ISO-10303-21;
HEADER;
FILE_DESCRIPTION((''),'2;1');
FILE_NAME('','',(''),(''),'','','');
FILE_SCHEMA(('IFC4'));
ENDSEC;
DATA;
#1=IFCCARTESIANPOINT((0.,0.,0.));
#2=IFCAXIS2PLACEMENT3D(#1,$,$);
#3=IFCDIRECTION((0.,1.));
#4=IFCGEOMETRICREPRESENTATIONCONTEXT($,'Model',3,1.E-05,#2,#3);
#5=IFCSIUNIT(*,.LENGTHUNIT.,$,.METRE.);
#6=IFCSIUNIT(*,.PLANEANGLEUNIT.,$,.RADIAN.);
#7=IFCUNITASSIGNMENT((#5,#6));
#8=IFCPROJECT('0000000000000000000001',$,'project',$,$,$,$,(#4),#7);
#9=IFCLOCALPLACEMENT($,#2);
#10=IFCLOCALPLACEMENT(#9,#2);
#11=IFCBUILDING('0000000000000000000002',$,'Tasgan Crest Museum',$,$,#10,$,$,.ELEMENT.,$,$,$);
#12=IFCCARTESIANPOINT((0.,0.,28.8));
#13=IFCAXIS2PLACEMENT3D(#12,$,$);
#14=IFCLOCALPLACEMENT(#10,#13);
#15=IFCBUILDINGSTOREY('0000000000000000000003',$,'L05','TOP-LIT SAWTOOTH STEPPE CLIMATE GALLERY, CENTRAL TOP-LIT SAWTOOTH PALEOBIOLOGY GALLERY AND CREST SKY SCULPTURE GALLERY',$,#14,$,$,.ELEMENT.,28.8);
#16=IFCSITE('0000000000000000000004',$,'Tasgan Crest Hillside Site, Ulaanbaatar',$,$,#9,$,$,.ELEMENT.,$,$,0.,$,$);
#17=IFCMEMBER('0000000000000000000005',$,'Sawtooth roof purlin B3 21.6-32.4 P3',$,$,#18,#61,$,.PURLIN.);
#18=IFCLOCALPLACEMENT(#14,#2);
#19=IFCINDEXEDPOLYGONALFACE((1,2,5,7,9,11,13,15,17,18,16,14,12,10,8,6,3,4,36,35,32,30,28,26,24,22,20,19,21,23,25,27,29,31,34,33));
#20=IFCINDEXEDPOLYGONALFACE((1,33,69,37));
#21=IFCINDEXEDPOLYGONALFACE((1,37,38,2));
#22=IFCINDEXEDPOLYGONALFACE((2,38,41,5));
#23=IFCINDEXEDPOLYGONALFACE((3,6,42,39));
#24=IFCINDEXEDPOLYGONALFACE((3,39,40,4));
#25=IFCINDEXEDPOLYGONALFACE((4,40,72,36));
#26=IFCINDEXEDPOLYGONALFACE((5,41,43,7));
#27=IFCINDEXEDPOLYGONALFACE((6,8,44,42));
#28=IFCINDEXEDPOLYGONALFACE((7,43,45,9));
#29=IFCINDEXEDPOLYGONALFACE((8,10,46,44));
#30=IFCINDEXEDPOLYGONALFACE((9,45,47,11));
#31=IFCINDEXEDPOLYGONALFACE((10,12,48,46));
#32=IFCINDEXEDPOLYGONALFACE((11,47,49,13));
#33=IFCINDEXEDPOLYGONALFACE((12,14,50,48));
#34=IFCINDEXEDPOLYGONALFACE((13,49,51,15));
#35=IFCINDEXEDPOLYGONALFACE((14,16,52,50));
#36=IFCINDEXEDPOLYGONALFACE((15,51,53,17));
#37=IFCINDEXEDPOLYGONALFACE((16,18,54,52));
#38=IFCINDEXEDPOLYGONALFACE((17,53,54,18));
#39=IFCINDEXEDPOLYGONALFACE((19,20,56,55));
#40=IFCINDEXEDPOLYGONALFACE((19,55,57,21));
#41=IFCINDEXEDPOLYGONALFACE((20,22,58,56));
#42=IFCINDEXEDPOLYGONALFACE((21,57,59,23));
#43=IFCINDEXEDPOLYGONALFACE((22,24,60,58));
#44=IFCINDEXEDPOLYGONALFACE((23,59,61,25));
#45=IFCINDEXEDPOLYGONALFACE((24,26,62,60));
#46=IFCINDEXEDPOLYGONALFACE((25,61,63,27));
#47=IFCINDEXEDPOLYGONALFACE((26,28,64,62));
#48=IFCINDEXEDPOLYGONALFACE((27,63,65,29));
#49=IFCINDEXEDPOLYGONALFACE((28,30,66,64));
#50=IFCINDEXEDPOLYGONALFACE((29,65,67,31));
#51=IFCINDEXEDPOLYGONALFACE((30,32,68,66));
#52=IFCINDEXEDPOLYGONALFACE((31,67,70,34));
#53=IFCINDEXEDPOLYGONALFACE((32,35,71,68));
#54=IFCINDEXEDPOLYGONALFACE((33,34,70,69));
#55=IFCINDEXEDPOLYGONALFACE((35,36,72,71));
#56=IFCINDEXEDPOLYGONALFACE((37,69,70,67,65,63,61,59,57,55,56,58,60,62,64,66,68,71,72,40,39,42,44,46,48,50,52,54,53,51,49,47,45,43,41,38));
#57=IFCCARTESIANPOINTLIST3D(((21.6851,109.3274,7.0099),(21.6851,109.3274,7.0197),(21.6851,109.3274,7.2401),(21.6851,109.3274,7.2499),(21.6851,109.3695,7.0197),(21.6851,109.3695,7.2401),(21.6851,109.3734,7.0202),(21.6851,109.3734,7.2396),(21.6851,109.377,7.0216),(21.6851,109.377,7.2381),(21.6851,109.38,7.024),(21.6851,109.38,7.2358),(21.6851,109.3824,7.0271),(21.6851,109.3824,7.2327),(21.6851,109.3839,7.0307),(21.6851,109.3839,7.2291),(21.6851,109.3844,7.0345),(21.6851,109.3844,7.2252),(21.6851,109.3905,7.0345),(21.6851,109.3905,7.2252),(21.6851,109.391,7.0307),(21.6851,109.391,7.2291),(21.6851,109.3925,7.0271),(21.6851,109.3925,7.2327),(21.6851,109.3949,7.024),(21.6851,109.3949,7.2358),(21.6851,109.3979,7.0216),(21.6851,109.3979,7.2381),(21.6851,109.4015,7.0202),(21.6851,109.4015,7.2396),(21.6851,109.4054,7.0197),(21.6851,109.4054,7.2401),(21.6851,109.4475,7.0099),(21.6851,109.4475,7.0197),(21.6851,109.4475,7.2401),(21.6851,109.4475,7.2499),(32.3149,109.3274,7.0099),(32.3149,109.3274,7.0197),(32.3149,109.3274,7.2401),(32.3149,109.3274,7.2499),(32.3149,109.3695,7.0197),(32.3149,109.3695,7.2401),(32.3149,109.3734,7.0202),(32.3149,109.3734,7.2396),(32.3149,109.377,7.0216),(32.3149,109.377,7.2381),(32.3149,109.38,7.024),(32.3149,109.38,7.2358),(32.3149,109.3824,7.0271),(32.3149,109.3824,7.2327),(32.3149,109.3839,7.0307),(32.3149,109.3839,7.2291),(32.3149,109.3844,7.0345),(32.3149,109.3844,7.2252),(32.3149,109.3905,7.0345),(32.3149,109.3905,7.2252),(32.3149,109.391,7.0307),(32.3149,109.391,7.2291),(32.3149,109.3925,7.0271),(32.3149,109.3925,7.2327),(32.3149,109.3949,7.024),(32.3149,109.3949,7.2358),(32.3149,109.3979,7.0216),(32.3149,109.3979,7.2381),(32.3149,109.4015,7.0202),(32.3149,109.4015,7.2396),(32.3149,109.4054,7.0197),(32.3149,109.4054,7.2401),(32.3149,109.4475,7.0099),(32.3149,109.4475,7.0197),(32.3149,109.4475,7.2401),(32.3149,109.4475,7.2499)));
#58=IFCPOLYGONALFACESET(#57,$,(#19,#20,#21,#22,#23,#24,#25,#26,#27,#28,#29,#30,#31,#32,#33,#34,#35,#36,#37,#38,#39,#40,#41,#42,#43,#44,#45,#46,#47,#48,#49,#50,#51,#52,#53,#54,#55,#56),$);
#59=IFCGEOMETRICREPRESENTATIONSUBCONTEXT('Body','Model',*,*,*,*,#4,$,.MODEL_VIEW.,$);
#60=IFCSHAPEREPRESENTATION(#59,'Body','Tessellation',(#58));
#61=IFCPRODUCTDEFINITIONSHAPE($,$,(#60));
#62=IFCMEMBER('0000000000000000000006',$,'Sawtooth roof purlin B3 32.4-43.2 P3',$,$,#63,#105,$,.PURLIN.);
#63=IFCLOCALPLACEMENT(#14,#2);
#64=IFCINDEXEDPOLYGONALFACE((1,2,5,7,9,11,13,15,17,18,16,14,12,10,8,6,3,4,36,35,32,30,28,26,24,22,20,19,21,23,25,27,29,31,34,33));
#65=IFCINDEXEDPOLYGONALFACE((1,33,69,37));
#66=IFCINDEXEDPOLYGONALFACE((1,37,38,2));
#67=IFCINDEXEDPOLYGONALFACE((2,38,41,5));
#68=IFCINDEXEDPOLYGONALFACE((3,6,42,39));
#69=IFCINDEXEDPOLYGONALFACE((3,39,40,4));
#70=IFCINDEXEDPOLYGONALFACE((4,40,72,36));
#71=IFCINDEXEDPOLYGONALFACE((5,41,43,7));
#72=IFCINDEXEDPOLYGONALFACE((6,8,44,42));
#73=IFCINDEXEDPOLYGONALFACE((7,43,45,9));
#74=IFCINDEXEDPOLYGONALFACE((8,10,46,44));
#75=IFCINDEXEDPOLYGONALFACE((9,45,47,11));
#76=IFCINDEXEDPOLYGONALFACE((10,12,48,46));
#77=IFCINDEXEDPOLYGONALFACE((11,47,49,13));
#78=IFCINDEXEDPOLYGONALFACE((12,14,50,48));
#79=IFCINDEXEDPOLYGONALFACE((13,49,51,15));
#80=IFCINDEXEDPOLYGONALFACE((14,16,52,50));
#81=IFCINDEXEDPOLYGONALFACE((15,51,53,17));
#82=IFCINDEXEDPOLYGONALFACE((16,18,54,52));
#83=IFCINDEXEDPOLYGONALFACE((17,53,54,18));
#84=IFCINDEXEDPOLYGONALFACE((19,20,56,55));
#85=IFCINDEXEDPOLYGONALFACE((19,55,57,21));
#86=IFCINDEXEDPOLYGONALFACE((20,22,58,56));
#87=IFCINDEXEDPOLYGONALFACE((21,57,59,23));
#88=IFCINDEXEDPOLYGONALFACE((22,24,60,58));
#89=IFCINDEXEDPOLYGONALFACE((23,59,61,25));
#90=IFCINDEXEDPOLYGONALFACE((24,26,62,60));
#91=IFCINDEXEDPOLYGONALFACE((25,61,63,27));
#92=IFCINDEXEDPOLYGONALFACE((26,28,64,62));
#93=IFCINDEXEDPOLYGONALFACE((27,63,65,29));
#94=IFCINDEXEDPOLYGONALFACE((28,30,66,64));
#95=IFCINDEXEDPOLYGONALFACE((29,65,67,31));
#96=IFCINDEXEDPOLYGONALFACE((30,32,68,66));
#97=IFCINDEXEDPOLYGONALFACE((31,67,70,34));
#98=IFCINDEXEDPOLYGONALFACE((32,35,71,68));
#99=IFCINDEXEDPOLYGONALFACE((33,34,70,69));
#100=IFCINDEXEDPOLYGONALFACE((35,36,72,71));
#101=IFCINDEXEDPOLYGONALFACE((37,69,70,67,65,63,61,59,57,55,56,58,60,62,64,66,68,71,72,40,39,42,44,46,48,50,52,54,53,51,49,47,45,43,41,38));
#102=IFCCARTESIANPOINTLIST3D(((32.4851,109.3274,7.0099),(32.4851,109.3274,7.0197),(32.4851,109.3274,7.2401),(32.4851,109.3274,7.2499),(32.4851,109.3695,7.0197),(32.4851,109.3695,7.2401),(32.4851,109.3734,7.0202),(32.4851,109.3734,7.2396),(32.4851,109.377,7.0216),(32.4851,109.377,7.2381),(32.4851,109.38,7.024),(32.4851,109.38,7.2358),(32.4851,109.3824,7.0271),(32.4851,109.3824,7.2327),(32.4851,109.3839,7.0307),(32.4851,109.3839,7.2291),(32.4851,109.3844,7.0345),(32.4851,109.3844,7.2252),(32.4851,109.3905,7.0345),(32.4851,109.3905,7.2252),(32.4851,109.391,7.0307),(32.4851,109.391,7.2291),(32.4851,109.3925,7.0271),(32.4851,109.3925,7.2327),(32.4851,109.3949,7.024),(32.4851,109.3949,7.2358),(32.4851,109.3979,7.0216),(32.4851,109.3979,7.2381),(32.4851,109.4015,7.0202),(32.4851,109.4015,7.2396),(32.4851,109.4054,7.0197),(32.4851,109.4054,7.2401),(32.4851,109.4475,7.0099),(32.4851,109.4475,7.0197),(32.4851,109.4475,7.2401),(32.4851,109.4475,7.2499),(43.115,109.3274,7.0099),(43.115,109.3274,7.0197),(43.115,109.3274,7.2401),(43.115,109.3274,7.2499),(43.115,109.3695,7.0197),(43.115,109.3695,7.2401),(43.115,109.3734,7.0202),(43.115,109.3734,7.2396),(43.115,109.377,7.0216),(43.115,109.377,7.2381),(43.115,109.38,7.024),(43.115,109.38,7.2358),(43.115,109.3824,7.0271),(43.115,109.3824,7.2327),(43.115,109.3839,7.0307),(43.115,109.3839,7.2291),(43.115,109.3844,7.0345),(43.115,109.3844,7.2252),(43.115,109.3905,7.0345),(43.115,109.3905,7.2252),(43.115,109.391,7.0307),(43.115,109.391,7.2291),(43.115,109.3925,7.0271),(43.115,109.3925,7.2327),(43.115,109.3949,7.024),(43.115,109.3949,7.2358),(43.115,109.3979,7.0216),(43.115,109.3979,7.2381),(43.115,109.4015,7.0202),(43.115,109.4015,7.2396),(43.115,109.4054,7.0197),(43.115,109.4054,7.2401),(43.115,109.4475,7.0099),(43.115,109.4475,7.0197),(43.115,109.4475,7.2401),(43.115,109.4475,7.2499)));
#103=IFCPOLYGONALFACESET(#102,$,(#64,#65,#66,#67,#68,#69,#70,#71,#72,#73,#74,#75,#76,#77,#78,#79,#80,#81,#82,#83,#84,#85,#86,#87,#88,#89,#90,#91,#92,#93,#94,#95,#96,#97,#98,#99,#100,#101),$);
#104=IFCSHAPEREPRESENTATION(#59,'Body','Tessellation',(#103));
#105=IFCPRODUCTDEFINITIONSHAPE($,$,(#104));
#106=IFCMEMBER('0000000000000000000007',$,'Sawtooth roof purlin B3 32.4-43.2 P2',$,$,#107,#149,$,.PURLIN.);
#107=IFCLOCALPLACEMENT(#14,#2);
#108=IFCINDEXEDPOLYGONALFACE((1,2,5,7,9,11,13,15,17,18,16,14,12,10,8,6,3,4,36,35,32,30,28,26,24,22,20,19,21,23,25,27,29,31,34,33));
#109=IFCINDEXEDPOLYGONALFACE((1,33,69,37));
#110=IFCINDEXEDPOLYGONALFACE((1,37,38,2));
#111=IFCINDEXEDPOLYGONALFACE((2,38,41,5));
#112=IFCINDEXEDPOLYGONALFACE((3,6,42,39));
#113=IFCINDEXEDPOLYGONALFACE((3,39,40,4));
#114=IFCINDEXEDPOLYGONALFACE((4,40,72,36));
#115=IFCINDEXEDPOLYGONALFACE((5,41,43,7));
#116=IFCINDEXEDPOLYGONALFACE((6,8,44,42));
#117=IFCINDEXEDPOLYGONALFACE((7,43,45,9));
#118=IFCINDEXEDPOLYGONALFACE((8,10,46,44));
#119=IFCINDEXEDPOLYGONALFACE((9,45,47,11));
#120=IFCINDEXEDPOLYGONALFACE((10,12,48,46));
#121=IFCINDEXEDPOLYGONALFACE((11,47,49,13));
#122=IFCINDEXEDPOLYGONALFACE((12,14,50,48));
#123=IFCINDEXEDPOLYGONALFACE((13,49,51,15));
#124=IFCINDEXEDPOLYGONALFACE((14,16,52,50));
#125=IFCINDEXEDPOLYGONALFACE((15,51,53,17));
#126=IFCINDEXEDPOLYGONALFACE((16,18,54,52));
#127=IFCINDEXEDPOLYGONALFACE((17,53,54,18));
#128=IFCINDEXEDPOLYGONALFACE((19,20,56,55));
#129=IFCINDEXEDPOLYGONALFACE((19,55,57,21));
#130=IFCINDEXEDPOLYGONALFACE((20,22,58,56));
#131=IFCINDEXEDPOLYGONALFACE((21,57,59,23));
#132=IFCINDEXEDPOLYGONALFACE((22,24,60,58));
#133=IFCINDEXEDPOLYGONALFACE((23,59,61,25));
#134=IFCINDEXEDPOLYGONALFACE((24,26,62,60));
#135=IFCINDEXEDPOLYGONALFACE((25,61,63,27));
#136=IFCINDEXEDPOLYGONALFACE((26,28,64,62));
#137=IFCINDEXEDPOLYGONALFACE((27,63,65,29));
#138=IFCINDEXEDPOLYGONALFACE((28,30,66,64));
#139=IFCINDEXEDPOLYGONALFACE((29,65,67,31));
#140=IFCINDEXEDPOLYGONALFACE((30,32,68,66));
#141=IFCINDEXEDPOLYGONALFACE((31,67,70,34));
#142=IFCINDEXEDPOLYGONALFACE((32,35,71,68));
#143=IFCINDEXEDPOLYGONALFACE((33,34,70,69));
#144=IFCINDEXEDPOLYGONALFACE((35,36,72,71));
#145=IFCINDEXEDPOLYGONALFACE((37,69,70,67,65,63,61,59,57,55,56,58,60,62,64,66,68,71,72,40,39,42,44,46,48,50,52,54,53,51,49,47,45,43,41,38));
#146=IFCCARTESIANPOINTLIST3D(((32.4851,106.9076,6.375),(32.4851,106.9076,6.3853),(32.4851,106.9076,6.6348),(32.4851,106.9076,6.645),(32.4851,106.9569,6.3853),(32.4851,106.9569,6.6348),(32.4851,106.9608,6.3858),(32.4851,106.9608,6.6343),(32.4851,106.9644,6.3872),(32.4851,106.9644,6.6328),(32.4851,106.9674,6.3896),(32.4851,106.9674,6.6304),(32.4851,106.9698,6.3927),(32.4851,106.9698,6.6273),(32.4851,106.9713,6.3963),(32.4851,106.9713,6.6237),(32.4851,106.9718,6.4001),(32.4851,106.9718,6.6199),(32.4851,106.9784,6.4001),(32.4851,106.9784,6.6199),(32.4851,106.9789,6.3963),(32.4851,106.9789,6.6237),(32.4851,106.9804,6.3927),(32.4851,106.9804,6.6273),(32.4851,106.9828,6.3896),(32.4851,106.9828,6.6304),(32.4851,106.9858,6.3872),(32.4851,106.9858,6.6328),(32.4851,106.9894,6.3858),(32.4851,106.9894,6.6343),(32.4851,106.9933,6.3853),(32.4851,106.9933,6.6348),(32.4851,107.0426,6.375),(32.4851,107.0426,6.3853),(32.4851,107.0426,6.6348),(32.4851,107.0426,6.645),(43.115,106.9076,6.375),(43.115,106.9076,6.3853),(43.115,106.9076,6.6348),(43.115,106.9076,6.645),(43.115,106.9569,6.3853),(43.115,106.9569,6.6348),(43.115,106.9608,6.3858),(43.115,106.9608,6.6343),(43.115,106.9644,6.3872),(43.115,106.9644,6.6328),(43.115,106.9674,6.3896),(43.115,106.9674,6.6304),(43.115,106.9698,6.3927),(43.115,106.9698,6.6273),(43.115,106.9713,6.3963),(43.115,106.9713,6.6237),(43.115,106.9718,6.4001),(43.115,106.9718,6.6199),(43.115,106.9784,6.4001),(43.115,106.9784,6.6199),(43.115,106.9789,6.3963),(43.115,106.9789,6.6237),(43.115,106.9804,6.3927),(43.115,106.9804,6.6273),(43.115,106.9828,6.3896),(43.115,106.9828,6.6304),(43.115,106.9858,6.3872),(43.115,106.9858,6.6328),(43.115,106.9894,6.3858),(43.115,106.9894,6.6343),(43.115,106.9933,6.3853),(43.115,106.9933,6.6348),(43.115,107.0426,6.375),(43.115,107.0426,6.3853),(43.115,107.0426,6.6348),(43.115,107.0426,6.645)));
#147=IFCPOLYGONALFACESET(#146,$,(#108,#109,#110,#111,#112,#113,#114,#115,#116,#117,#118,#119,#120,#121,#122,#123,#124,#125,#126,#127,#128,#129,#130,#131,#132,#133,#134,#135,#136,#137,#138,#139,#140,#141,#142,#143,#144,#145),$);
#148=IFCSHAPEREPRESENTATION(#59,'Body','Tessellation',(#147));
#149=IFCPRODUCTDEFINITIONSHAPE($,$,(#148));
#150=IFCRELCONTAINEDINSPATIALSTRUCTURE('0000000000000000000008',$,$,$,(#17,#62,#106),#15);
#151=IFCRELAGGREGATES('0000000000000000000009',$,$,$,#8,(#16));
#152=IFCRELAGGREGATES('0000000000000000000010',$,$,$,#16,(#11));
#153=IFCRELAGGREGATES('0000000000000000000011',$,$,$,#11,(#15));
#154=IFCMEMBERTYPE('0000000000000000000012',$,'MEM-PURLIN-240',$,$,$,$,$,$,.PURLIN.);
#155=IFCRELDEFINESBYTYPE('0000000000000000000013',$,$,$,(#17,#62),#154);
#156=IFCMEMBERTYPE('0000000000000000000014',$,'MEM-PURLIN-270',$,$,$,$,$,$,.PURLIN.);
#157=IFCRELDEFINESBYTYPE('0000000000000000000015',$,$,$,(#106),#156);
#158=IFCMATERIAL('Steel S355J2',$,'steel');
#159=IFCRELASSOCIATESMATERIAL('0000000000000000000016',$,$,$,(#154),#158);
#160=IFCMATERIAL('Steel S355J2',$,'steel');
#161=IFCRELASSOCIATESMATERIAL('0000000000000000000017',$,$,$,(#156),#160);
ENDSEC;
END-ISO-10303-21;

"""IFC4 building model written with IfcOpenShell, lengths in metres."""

from ifc_helpers import new_model, si_unit, direction, frame, origin, origin_2d, place, context, subcontext, project, spatial, i_section, extrude, material, material_profile, profile_set, type_object, element, save


model = new_model("IFC4")

# Units and contexts
model_context = context("Model", 3, precision=1e-05, world=origin(), true_north=direction((0.0, 1.0)))
body_context = subcontext(model_context, "Body", "Model", "MODEL_VIEW")
ifc_project = project(units=[si_unit("LENGTHUNIT", "METRE"), si_unit("PLANEANGLEUNIT", "RADIAN")], contexts=[model_context])

# Site, building, storey
site_placement = place(None, origin())
site = spatial("IfcSite", under=ifc_project, at=site_placement, Name="Tasgan Crest Hillside Site, Ulaanbaatar", CompositionType="ELEMENT", RefElevation=0.0)
building_placement = place(site_placement, origin())
building = spatial("IfcBuilding", under=site, at=building_placement, Name="Tasgan Crest Museum", CompositionType="ELEMENT")
storey_placement = place(building_placement, frame((0.0, 0.0, 28.8)))
storey = spatial("IfcBuildingStorey", under=building, at=storey_placement, Name="L05", Description="TOP-LIT SAWTOOTH STEPPE CLIMATE GALLERY, CENTRAL TOP-LIT SAWTOOTH PALEOBIOLOGY GALLERY AND CREST SKY SCULPTURE GALLERY", CompositionType="ELEMENT", Elevation=28.8)

# Members
ifc_material_1 = material(Name="Steel S355J2", Category="steel")
ifc_material_profile_1 = material_profile(ifc_material_1, i_section(OverallWidth=0.1201, OverallDepth=0.24, WebThickness=0.0061, FlangeThickness=0.0098, FilletRadius=0.0149, at=origin_2d()), Name="IPE 240")
ifc_profile_set_1 = profile_set([ifc_material_profile_1], Name="Steel S355J2")
member_type_1 = type_object("IfcMemberType", Name="MEM-PURLIN-240", PredefinedType="PURLIN", material=ifc_profile_set_1)
for number, where, z_axis, x_axis, name in (
    (1, (21.6851, 109.3875, 7.1299), (1.0, 0.0, 0.0), (0.0, 1.0, 0.0), "Sawtooth roof purlin B3 21.6-32.4 P3"),
    (2, (32.4851, 109.3875, 7.1299), (1.0, 0.0, 0.0), (0.0, 1.0, 0.0), "Sawtooth roof purlin B3 32.4-43.2 P3"),
):
    element("IfcMember", number, at=place(storey_placement, frame(where, z_axis=z_axis, x_axis=x_axis)), inside=storey, type_object=member_type_1, Name=name, PredefinedType="PURLIN", context=body_context, shape_type="SweptSolid", body=[
        extrude(i_section(OverallWidth=0.1201, OverallDepth=0.24, WebThickness=0.0061, FlangeThickness=0.0098, FilletRadius=0.0149, at=origin_2d()), origin(), (0.0, 0.0, 1.0), 10.6299),
    ])
ifc_material_2 = material(Name="Steel S355J2", Category="steel")
ifc_material_profile_2 = material_profile(ifc_material_2, i_section(OverallWidth=0.135, OverallDepth=0.27, WebThickness=0.0066, FlangeThickness=0.0103, FilletRadius=0.0149, at=origin_2d()), Name="IPE 270")
ifc_profile_set_2 = profile_set([ifc_material_profile_2], Name="Steel S355J2")
member_type_2 = type_object("IfcMemberType", Name="MEM-PURLIN-270", PredefinedType="PURLIN", material=ifc_profile_set_2)
member_1_placement = place(storey_placement, frame((32.4851, 106.9751, 6.51), z_axis=(1.0, 0.0, 0.0), x_axis=(0.0, 1.0, 0.0)))
element("IfcMember", 3, at=member_1_placement, inside=storey, type_object=member_type_2, Name="Sawtooth roof purlin B3 32.4-43.2 P2", PredefinedType="PURLIN", context=body_context, shape_type="SweptSolid", body=[
    extrude(i_section(OverallWidth=0.135, OverallDepth=0.27, WebThickness=0.0066, FlangeThickness=0.0103, FilletRadius=0.0149, at=origin_2d()), origin(), (0.0, 0.0, 1.0), 10.6299),
])

save(model, "model.ifc")
